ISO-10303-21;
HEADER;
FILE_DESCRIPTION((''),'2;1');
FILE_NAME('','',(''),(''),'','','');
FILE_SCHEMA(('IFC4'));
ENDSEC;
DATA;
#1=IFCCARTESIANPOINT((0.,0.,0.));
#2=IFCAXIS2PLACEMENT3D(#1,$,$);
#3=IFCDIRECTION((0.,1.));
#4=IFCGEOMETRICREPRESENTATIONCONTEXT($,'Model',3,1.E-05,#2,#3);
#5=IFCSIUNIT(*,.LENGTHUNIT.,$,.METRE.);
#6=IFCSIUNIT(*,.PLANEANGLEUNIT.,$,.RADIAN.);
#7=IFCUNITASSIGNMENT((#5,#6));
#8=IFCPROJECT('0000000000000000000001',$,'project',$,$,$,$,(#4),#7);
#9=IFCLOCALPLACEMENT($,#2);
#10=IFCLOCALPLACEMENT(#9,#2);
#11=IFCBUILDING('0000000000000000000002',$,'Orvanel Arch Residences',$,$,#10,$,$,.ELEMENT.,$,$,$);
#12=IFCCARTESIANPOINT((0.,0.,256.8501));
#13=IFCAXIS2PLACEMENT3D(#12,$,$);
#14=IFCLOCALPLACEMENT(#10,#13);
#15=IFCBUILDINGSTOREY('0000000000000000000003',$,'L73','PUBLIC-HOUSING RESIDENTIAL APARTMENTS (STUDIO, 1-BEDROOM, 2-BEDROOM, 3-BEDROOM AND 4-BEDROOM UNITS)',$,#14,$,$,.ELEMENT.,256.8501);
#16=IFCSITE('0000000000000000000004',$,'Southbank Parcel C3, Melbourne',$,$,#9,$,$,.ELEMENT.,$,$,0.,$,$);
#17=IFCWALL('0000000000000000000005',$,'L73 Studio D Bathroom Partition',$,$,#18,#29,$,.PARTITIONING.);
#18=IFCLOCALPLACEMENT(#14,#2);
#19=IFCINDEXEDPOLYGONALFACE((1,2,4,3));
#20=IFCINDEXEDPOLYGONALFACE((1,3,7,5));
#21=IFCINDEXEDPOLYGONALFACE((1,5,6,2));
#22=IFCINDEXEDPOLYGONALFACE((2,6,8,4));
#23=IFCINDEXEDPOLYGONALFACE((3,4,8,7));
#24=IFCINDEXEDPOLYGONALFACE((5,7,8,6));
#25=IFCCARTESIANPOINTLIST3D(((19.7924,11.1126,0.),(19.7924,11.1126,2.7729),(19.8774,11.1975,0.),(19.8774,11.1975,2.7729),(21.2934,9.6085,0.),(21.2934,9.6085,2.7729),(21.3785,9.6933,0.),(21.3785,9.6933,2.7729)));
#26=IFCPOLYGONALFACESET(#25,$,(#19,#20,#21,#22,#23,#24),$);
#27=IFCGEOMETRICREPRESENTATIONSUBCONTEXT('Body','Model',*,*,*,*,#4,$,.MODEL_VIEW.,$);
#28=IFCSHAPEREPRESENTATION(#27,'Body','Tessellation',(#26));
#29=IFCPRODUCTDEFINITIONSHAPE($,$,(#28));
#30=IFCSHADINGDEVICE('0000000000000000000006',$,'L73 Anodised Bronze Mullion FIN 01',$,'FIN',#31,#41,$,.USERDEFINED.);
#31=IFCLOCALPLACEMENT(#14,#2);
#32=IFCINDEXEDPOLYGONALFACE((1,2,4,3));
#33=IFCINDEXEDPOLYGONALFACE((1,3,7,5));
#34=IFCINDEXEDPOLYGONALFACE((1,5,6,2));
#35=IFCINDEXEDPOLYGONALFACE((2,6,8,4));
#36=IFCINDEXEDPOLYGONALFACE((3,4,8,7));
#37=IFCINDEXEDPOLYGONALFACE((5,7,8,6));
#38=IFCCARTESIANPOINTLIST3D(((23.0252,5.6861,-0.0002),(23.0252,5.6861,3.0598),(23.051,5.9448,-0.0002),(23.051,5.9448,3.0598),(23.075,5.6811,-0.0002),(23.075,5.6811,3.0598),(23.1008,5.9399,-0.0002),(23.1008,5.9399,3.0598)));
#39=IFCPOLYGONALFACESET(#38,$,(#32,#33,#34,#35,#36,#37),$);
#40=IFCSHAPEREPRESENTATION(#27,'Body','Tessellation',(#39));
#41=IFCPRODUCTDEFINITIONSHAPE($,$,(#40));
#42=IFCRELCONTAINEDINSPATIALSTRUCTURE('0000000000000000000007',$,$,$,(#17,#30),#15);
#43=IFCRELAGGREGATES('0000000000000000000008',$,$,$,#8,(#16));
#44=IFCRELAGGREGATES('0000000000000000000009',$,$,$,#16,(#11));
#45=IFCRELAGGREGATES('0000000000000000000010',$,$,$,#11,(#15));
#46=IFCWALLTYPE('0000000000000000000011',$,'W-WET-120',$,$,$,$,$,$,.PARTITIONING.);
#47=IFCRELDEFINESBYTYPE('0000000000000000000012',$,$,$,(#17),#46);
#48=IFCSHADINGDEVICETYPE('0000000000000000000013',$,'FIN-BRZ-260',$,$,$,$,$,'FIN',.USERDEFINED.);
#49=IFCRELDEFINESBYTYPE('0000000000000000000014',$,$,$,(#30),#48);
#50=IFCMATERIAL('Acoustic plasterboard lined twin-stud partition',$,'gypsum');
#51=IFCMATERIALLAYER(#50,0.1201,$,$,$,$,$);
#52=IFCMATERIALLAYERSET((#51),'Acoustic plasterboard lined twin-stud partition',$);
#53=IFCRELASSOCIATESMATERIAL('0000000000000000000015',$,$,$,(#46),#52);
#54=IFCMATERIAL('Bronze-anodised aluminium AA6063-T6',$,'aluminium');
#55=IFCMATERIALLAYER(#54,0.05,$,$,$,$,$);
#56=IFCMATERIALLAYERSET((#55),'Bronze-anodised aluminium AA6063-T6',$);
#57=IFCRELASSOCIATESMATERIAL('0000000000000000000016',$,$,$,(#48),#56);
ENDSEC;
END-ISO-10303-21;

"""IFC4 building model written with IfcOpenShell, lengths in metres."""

from ifc_helpers import new_model, si_unit, direction, frame, frame_2d, origin, origin_2d, place, context, subcontext, project, spatial, rectangle, extrude, material, layer, layer_set, type_object, element, save


model = new_model("IFC4")

# Units and contexts
model_context = context("Model", 3, precision=1e-05, world=origin(), true_north=direction((0.0, 1.0)))
body_context = subcontext(model_context, "Body", "Model", "MODEL_VIEW")
ifc_project = project(units=[si_unit("LENGTHUNIT", "METRE"), si_unit("PLANEANGLEUNIT", "RADIAN")], contexts=[model_context])

# Site, building, storey
site_placement = place(None, origin())
site = spatial("IfcSite", under=ifc_project, at=site_placement, Name="Southbank Parcel C3, Melbourne", CompositionType="ELEMENT", RefElevation=0.0)
building_placement = place(site_placement, origin())
building = spatial("IfcBuilding", under=site, at=building_placement, Name="Orvanel Arch Residences", CompositionType="ELEMENT")
storey_placement = place(building_placement, frame((0.0, 0.0, 256.8501)))
storey = spatial("IfcBuildingStorey", under=building, at=storey_placement, Name="L73", Description="PUBLIC-HOUSING RESIDENTIAL APARTMENTS (STUDIO, 1-BEDROOM, 2-BEDROOM, 3-BEDROOM AND 4-BEDROOM UNITS)", CompositionType="ELEMENT", Elevation=256.8501)

# Shared definitions
ifc_material_1 = material(Name="Bronze-anodised aluminium AA6063-T6", Category="aluminium")

# Shared definitions
ifc_material_2 = material(Name="Acoustic plasterboard lined twin-stud partition", Category="gypsum")
ifc_layer_1 = layer(ifc_material_2, 0.1201)
ifc_layer_set_1 = layer_set([ifc_layer_1], Name="Acoustic plasterboard lined twin-stud partition")
wall_type_1 = type_object("IfcWallType", Name="W-WET-120", PredefinedType="PARTITIONING", material=ifc_layer_set_1)

# Wall
wall_1_placement = place(storey_placement, frame((21.3359, 9.6509, 0.0), z_axis=(0.0, 0.0, 1.0), x_axis=(-0.70636, 0.707853, 0.0)))
element("IfcWall", 1, at=wall_1_placement, inside=storey, type_object=wall_type_1, Name="L73 Studio D Bathroom Partition", PredefinedType="PARTITIONING", context=body_context, shape_type="SweptSolid", body=[
    extrude(rectangle(XDim=2.125, YDim=0.1201, at=frame_2d((1.0625, 0.0))), origin(), (0.0, 0.0, 1.0), 2.7729),
])

# Shading device
ifc_layer_2 = layer(ifc_material_1, 0.05)
ifc_layer_set_2 = layer_set([ifc_layer_2], Name="Bronze-anodised aluminium AA6063-T6")
shading_device_type = type_object("IfcShadingDeviceType", Name="FIN-BRZ-260", ElementType="FIN", PredefinedType="USERDEFINED", material=ifc_layer_set_2)
shading_device_placement = place(storey_placement, frame((23.063, 5.813, -0.0002), z_axis=(0.0, 0.0, 1.0), x_axis=(-0.09932, -0.995056, 0.0)))
element("IfcShadingDevice", 2, at=shading_device_placement, inside=storey, type_object=shading_device_type, Name="L73 Anodised Bronze Mullion FIN 01", ObjectType="FIN", PredefinedType="USERDEFINED", context=body_context, shape_type="SweptSolid", body=[
    extrude(rectangle(XDim=0.26, YDim=0.05, at=origin_2d()), origin(), (0.0, 0.0, 1.0), 3.0601),
])

save(model, "model.ifc")
